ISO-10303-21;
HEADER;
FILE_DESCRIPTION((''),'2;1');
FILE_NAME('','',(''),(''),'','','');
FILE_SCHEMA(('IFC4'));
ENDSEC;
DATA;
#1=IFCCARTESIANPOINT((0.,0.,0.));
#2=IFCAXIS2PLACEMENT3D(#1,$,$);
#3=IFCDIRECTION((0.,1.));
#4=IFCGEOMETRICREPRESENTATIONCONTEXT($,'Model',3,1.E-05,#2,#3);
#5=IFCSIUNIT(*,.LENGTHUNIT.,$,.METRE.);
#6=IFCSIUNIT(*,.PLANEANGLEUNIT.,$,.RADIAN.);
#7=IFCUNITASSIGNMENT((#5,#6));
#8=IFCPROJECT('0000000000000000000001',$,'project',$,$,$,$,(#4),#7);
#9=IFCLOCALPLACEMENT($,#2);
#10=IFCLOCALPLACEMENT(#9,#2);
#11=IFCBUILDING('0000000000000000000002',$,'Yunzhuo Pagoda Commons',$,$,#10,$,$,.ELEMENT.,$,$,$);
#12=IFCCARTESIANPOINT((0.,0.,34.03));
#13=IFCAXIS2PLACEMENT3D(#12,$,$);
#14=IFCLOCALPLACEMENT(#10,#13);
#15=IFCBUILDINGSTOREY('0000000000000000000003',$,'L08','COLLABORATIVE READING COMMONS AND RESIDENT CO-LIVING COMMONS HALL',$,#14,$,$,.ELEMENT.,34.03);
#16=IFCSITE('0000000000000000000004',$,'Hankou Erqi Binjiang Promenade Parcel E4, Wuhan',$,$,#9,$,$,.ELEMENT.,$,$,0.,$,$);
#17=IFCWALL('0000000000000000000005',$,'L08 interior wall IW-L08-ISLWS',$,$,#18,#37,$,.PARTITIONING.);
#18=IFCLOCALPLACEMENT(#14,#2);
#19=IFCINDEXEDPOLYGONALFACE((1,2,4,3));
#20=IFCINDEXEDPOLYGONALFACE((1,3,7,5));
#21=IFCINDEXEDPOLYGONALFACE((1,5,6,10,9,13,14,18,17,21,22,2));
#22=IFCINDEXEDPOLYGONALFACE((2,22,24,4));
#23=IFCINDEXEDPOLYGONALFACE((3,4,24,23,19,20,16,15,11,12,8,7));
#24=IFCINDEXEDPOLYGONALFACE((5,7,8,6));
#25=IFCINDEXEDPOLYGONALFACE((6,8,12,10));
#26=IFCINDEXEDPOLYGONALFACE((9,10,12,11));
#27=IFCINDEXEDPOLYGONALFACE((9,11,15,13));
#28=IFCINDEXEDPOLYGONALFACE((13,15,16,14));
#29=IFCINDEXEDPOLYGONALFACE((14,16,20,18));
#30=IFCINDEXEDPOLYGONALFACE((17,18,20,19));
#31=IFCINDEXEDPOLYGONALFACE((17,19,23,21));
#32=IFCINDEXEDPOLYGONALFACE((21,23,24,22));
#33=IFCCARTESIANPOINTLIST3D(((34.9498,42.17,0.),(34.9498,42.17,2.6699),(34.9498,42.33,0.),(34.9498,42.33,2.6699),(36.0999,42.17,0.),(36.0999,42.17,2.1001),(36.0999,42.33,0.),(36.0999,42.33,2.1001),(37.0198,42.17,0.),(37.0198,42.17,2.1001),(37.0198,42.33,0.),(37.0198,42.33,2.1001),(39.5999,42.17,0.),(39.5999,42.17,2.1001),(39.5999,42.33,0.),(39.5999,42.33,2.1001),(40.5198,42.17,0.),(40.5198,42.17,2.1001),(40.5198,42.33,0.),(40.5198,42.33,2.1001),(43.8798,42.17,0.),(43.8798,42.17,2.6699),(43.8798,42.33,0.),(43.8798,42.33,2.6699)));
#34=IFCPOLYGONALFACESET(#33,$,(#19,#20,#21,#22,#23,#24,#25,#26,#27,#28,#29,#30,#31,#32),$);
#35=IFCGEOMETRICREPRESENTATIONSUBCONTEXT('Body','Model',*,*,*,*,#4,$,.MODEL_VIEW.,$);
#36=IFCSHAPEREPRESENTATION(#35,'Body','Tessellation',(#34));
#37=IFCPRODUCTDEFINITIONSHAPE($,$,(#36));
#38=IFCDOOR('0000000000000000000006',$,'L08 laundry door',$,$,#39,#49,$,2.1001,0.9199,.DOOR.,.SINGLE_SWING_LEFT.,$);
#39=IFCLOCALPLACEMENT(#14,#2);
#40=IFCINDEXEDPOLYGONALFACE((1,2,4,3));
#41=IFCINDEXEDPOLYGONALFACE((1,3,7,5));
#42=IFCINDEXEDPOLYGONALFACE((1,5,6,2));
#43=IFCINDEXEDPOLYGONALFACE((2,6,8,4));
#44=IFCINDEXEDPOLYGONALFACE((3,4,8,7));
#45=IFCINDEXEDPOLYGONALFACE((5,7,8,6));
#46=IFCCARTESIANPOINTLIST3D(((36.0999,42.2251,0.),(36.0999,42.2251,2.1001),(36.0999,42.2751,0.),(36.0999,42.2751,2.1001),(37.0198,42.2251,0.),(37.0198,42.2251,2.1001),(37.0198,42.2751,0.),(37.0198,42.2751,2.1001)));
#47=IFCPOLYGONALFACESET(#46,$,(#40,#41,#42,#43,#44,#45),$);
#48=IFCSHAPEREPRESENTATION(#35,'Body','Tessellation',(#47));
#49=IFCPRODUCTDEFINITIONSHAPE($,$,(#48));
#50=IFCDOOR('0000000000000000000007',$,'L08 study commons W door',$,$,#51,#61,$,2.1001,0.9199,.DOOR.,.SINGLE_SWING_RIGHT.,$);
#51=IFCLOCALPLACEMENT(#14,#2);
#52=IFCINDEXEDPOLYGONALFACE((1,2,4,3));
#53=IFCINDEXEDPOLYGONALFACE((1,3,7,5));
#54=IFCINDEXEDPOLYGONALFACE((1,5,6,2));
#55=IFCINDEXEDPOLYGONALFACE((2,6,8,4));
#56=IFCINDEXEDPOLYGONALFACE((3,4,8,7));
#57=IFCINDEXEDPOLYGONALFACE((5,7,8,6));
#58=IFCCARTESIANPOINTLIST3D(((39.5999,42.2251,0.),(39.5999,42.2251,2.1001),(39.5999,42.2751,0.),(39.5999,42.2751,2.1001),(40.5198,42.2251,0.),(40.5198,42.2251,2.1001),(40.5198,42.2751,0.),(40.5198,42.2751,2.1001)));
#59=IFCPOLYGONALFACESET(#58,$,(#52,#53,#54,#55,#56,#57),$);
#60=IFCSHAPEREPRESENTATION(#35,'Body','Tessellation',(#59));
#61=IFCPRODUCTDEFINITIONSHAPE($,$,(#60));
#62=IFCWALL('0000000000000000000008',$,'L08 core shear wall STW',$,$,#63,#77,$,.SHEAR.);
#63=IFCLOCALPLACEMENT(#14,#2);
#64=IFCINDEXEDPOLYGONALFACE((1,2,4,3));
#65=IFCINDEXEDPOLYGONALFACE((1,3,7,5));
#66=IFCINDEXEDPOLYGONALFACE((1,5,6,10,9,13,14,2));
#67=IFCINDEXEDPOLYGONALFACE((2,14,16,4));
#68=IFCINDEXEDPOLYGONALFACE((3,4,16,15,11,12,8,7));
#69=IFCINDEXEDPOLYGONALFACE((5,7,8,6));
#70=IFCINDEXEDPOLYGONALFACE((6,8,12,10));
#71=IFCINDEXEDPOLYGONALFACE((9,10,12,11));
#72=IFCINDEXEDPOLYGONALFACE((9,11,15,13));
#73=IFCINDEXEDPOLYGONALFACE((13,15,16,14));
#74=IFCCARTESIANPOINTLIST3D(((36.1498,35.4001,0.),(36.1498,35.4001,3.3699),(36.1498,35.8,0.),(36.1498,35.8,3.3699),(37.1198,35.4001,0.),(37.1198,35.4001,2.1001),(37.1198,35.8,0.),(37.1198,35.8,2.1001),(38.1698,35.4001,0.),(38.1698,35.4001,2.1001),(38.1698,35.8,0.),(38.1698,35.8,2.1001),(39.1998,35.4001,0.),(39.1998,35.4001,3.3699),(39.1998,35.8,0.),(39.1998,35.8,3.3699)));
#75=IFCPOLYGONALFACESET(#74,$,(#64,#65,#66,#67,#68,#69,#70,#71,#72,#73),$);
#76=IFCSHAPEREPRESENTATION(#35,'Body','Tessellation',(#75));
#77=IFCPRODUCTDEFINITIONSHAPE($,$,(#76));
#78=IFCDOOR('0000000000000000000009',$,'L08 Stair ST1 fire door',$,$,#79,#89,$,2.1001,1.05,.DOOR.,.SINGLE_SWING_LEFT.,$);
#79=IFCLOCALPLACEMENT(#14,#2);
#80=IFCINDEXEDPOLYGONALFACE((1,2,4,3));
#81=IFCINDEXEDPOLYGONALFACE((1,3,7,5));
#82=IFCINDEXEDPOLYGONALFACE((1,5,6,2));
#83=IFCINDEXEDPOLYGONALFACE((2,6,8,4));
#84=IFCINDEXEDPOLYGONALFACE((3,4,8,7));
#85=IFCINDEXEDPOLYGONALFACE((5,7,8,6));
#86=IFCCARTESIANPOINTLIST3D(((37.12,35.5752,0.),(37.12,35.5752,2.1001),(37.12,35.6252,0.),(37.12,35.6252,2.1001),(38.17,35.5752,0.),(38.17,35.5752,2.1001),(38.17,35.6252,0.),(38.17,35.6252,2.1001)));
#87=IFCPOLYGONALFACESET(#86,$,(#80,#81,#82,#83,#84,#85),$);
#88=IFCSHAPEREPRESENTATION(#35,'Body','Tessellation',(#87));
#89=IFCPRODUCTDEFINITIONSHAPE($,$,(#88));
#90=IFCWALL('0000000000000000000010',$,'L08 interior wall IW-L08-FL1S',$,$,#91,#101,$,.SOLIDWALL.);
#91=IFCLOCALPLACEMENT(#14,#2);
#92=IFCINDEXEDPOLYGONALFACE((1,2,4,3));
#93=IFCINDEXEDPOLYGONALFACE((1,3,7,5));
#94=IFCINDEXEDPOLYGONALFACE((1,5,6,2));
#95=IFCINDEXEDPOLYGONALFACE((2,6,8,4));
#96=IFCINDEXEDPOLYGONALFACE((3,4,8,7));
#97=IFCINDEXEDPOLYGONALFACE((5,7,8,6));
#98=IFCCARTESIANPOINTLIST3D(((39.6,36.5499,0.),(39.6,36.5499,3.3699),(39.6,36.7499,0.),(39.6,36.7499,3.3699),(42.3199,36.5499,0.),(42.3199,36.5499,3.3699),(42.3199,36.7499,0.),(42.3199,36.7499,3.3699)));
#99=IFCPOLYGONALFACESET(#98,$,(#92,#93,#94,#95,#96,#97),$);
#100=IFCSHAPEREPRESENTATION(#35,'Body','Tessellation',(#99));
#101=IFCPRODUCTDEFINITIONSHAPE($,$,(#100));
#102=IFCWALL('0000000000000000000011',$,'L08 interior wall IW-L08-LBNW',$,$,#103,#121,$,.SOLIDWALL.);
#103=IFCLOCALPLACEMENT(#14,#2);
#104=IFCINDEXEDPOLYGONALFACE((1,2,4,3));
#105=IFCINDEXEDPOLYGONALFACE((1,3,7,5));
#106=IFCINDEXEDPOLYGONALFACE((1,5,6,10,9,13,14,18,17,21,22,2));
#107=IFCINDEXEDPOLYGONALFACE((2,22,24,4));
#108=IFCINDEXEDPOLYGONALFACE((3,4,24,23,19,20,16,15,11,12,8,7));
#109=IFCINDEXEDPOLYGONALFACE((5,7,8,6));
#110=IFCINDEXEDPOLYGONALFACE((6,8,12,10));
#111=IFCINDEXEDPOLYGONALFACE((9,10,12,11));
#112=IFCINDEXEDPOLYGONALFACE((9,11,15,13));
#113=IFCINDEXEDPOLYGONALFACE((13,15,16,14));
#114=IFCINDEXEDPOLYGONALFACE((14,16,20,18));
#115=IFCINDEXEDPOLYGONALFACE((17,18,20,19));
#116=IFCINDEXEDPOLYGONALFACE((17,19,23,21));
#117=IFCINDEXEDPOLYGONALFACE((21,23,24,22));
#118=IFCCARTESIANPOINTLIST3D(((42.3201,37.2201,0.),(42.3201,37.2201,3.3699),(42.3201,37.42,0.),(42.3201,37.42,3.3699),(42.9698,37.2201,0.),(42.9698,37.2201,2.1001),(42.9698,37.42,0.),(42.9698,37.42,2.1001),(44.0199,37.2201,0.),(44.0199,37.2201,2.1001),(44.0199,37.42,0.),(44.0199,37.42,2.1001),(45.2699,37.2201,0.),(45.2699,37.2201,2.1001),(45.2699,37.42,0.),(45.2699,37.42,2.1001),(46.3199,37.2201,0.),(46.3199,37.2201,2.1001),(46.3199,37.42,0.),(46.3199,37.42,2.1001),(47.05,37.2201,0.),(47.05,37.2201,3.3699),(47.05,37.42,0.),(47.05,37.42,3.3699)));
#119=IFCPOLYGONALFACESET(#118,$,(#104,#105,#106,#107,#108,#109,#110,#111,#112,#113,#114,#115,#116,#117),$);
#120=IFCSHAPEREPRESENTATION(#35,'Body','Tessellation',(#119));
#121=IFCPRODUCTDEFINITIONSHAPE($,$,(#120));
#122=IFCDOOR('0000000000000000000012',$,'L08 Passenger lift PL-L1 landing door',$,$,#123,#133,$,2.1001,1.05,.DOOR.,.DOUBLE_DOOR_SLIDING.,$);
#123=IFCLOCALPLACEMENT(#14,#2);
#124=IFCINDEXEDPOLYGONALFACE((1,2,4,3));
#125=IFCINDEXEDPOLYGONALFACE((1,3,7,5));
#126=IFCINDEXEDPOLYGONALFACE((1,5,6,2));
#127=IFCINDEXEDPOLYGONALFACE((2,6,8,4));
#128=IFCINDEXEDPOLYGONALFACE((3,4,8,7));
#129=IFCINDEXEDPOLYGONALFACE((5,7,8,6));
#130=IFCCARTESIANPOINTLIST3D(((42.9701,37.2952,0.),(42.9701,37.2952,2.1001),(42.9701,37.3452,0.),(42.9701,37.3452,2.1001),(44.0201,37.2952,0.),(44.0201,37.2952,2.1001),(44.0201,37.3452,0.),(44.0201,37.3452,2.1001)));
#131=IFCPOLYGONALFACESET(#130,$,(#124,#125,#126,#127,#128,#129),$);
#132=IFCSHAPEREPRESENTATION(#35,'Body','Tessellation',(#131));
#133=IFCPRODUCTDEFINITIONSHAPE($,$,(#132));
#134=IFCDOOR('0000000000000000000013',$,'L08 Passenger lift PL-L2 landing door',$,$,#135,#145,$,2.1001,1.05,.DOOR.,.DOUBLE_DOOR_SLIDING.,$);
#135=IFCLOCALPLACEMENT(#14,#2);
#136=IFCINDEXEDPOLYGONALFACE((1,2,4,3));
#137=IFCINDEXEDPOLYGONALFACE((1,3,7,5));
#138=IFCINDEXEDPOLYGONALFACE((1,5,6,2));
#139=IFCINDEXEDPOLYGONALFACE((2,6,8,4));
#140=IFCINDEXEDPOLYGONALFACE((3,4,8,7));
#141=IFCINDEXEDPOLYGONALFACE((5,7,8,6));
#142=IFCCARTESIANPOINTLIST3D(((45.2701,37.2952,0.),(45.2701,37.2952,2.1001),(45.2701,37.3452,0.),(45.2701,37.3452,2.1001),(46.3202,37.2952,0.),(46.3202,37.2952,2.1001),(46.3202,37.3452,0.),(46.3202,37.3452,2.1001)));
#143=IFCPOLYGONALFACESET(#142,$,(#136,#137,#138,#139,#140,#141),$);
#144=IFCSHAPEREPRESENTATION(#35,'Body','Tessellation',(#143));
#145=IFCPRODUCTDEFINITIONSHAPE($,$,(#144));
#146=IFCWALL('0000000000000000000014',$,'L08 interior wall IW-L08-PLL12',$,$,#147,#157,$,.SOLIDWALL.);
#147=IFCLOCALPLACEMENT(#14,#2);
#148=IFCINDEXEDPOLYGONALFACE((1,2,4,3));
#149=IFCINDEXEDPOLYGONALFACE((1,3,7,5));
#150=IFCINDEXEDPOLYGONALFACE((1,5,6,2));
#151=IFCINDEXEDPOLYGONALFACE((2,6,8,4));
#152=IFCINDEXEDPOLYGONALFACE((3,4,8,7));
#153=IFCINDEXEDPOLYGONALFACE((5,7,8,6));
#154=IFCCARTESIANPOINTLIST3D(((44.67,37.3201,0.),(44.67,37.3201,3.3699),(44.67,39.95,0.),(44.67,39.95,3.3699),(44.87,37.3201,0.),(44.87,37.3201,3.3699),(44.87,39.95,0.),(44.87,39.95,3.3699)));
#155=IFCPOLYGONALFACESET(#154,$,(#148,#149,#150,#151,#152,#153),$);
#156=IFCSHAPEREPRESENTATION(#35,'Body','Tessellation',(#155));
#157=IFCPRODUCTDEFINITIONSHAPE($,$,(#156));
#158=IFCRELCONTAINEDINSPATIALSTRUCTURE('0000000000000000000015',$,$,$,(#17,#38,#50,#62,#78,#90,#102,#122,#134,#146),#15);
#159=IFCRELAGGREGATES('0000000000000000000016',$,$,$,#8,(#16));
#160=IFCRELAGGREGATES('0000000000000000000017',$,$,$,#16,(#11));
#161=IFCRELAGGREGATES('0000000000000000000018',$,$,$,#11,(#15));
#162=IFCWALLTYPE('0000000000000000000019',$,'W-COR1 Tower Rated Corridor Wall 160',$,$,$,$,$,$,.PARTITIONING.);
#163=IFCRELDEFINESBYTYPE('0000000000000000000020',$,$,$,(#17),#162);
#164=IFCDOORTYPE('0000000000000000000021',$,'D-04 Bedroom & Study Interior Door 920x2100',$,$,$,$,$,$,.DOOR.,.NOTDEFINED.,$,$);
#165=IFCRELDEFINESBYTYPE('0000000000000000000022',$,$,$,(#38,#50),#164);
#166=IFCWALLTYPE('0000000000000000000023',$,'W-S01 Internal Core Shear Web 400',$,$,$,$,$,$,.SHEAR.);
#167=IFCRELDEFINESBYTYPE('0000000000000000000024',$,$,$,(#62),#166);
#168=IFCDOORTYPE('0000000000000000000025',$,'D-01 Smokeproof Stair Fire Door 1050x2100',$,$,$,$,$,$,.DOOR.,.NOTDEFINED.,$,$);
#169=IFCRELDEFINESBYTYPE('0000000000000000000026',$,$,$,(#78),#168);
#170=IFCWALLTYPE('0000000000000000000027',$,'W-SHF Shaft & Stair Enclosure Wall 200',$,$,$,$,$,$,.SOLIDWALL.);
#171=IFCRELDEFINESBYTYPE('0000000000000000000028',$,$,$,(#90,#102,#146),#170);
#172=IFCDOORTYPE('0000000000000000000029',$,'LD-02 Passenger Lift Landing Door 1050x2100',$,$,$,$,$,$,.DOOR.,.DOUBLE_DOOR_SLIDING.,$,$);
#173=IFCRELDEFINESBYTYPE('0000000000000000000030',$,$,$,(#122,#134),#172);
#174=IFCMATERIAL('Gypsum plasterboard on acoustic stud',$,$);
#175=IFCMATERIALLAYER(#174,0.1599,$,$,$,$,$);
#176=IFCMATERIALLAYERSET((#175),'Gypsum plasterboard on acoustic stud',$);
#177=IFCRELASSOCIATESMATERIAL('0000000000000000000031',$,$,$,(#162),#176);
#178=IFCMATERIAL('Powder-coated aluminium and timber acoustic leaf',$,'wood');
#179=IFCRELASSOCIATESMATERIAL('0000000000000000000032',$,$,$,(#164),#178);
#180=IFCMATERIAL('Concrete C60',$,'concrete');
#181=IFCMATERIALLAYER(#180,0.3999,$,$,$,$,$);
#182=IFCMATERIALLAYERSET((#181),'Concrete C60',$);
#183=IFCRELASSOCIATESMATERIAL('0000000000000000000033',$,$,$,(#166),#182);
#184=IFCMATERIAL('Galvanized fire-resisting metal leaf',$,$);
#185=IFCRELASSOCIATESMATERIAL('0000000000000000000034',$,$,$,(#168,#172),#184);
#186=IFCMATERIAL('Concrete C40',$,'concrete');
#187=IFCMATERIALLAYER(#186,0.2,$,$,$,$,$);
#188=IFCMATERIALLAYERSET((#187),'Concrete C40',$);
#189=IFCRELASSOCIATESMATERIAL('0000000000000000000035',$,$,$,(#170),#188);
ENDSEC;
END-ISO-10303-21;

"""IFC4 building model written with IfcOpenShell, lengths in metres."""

from ifc_helpers import new_model, si_unit, direction, frame, frame_2d, origin, place, context, subcontext, project, spatial, rectangle, extrude, source, transform, mapped, material, layer, layer_set, type_object, element, fill, save


model = new_model("IFC4")

# Units and contexts
model_context = context("Model", 3, precision=1e-05, world=origin(), true_north=direction((0.0, 1.0)))
body_context = subcontext(model_context, "Body", "Model", "MODEL_VIEW")
ifc_project = project(units=[si_unit("LENGTHUNIT", "METRE"), si_unit("PLANEANGLEUNIT", "RADIAN")], contexts=[model_context])

# Site, building, storey
site_placement = place(None, origin())
site = spatial("IfcSite", under=ifc_project, at=site_placement, Name="Hankou Erqi Binjiang Promenade Parcel E4, Wuhan", CompositionType="ELEMENT", RefElevation=0.0)
building_placement = place(site_placement, origin())
building = spatial("IfcBuilding", under=site, at=building_placement, Name="Yunzhuo Pagoda Commons", CompositionType="ELEMENT")
storey_placement = place(building_placement, frame((0.0, 0.0, 34.03)))
storey = spatial("IfcBuildingStorey", under=building, at=storey_placement, Name="L08", Description="COLLABORATIVE READING COMMONS AND RESIDENT CO-LIVING COMMONS HALL", CompositionType="ELEMENT", Elevation=34.03)

# Shared definitions
ifc_material_1 = material(Name="Concrete C60", Category="concrete")
ifc_material_2 = material(Name="Galvanized fire-resisting metal leaf")
shared_shape_1 = source(origin(), body_context, "Body", "SweptSolid", [
    extrude(rectangle(XDim=1.05, YDim=2.1001, at=frame_2d((0.5249, 1.05))), frame((0.0, 0.0249, 0.0), z_axis=(0.0, -1.0, 0.0), x_axis=(1.0, 0.0, 0.0)), (0.0, 0.0, 1.0), 0.05),
])

# Wall, openings, doors
ifc_material_3 = material(Name="Gypsum plasterboard on acoustic stud")
ifc_layer_1 = layer(ifc_material_3, 0.1599)
ifc_layer_set_1 = layer_set([ifc_layer_1], Name="Gypsum plasterboard on acoustic stud")
wall_type_1 = type_object("IfcWallType", Name="W-COR1 Tower Rated Corridor Wall 160", PredefinedType="PARTITIONING", material=ifc_layer_set_1)
wall_1_placement = place(storey_placement, frame((34.95, 42.25, 0.0), z_axis=(0.0, 0.0, 1.0), x_axis=(1.0, 0.0, 0.0)))
wall_1 = element("IfcWall", 1, at=wall_1_placement, inside=storey, type_object=wall_type_1, Name="L08 interior wall IW-L08-ISLWS", PredefinedType="PARTITIONING", context=body_context, shape_type="SweptSolid", body=[
    extrude(rectangle(XDim=8.9299, YDim=0.1599, at=frame_2d((4.4648, 0.0))), origin(), (0.0, 0.0, 1.0), 2.6699),
])
opening_1_placement = place(wall_1_placement, frame((1.1499, 0.0, 0.0)))
opening_1 = element("IfcOpeningElement", 2, at=opening_1_placement, cuts=wall_1, PredefinedType="OPENING", context=body_context, shape_type="SweptSolid", body=[
    extrude(rectangle(XDim=0.9199, YDim=2.1001, at=frame_2d((0.46, 1.05))), frame((0.0, 0.0898, 0.0), z_axis=(0.0, -1.0, 0.0), x_axis=(1.0, 0.0, 0.0)), (0.0, 0.0, 1.0), 0.1799),
])
opening_2_placement = place(wall_1_placement, frame((4.6499, 0.0, 0.0)))
opening_2 = element("IfcOpeningElement", 3, at=opening_2_placement, cuts=wall_1, PredefinedType="OPENING", context=body_context, shape_type="SweptSolid", body=[
    extrude(rectangle(XDim=0.9199, YDim=2.1001, at=frame_2d((0.46, 1.05))), frame((0.0, 0.0898, 0.0), z_axis=(0.0, -1.0, 0.0), x_axis=(1.0, 0.0, 0.0)), (0.0, 0.0, 1.0), 0.1799),
])
ifc_material_4 = material(Name="Powder-coated aluminium and timber acoustic leaf", Category="wood")
door_type_1 = type_object("IfcDoorType", Name="D-04 Bedroom & Study Interior Door 920x2100", OperationType="NOTDEFINED", PredefinedType="DOOR", material=ifc_material_4)
shared_shape_2 = source(origin(), body_context, "Body", "SweptSolid", [
    extrude(rectangle(XDim=0.9199, YDim=2.1001, at=frame_2d((0.46, 1.05))), frame((0.0, 0.0249, 0.0), z_axis=(0.0, -1.0, 0.0), x_axis=(1.0, 0.0, 0.0)), (0.0, 0.0, 1.0), 0.05),
])
door_1_placement = place(opening_1_placement, frame((0.9199, 0.0, 0.0), z_axis=(0.0, 0.0, 1.0), x_axis=(-1.0, 0.0, 0.0)))
door_1 = element("IfcDoor", 4, at=door_1_placement, inside=storey, type_object=door_type_1, Name="L08 laundry door", OperationType="SINGLE_SWING_LEFT", OverallHeight=2.1001, OverallWidth=0.9199, PredefinedType="DOOR", context=body_context, shape_type="MappedRepresentation", body=[
    mapped(shared_shape_2, transform((0.0, 0.0, 0.0), scale=1.0)),
])
fill(opening_1, door_1)
door_2_placement = place(opening_2_placement, frame((0.9199, 0.0, 0.0), z_axis=(0.0, 0.0, 1.0), x_axis=(-1.0, 0.0, 0.0)))
door_2 = element("IfcDoor", 5, at=door_2_placement, inside=storey, type_object=door_type_1, Name="L08 study commons W door", OperationType="SINGLE_SWING_RIGHT", OverallHeight=2.1001, OverallWidth=0.9199, PredefinedType="DOOR", context=body_context, shape_type="MappedRepresentation", body=[
    mapped(shared_shape_2, transform((0.0, 0.0, 0.0), scale=1.0)),
])
fill(opening_2, door_2)

# Wall, opening, door
ifc_layer_2 = layer(ifc_material_1, 0.3999)
ifc_layer_set_2 = layer_set([ifc_layer_2], Name="Concrete C60")
wall_type_2 = type_object("IfcWallType", Name="W-S01 Internal Core Shear Web 400", PredefinedType="SHEAR", material=ifc_layer_set_2)
wall_2_placement = place(storey_placement, frame((36.1499, 35.6001, 0.0), z_axis=(0.0, 0.0, 1.0), x_axis=(1.0, 0.0, 0.0)))
wall_2 = element("IfcWall", 6, at=wall_2_placement, inside=storey, type_object=wall_type_2, Name="L08 core shear wall STW", PredefinedType="SHEAR", context=body_context, shape_type="SweptSolid", body=[
    extrude(rectangle(XDim=3.05, YDim=0.3999, at=frame_2d((1.5249, 0.0))), origin(), (0.0, 0.0, 1.0), 3.3699),
])
opening_3_placement = place(wall_2_placement, frame((0.97, 0.0, 0.0)))
opening_3 = element("IfcOpeningElement", 7, at=opening_3_placement, cuts=wall_2, PredefinedType="OPENING", context=body_context, shape_type="SweptSolid", body=[
    extrude(rectangle(XDim=1.05, YDim=2.1001, at=frame_2d((0.5249, 1.05))), frame((0.0, 0.21, 0.0), z_axis=(0.0, -1.0, 0.0), x_axis=(1.0, 0.0, 0.0)), (0.0, 0.0, 1.0), 0.4199),
])
door_type_2 = type_object("IfcDoorType", Name="D-01 Smokeproof Stair Fire Door 1050x2100", OperationType="NOTDEFINED", PredefinedType="DOOR", material=ifc_material_2)
door_3_placement = place(opening_3_placement, frame((1.05, 0.0, 0.0), z_axis=(0.0, 0.0, 1.0), x_axis=(-1.0, 0.0, 0.0)))
door_3 = element("IfcDoor", 8, at=door_3_placement, inside=storey, type_object=door_type_2, Name="L08 Stair ST1 fire door", OperationType="SINGLE_SWING_LEFT", OverallHeight=2.1001, OverallWidth=1.05, PredefinedType="DOOR", context=body_context, shape_type="MappedRepresentation", body=[
    mapped(shared_shape_1, transform((0.0, 0.0, 0.0), scale=1.0)),
])
fill(opening_3, door_3)

# Wall
ifc_material_5 = material(Name="Concrete C40", Category="concrete")
ifc_layer_3 = layer(ifc_material_5, 0.2)
ifc_layer_set_3 = layer_set([ifc_layer_3], Name="Concrete C40")
wall_type_3 = type_object("IfcWallType", Name="W-SHF Shaft & Stair Enclosure Wall 200", PredefinedType="SOLIDWALL", material=ifc_layer_set_3)
wall_3_placement = place(storey_placement, frame((39.6001, 36.6499, 0.0), z_axis=(0.0, 0.0, 1.0), x_axis=(1.0, 0.0, 0.0)))
element("IfcWall", 9, at=wall_3_placement, inside=storey, type_object=wall_type_3, Name="L08 interior wall IW-L08-FL1S", PredefinedType="SOLIDWALL", context=body_context, shape_type="SweptSolid", body=[
    extrude(rectangle(XDim=2.72, YDim=0.2, at=frame_2d((1.3599, 0.0))), origin(), (0.0, 0.0, 1.0), 3.3699),
])

# Wall, openings, doors
wall_4_placement = place(storey_placement, frame((42.3201, 37.3201, 0.0), z_axis=(0.0, 0.0, 1.0), x_axis=(1.0, 0.0, 0.0)))
wall_4 = element("IfcWall", 10, at=wall_4_placement, inside=storey, type_object=wall_type_3, Name="L08 interior wall IW-L08-LBNW", PredefinedType="SOLIDWALL", context=body_context, shape_type="SweptSolid", body=[
    extrude(rectangle(XDim=4.73, YDim=0.2, at=frame_2d((2.365, 0.0))), origin(), (0.0, 0.0, 1.0), 3.3699),
])
opening_4_placement = place(wall_4_placement, frame((0.6499, 0.0, 0.0)))
opening_4 = element("IfcOpeningElement", 11, at=opening_4_placement, cuts=wall_4, PredefinedType="OPENING", context=body_context, shape_type="SweptSolid", body=[
    extrude(rectangle(XDim=1.05, YDim=2.1001, at=frame_2d((0.5249, 1.05))), frame((0.0, 0.1099, 0.0), z_axis=(0.0, -1.0, 0.0), x_axis=(1.0, 0.0, 0.0)), (0.0, 0.0, 1.0), 0.22),
])
opening_5_placement = place(wall_4_placement, frame((2.95, 0.0, 0.0)))
opening_5 = element("IfcOpeningElement", 12, at=opening_5_placement, cuts=wall_4, PredefinedType="OPENING", context=body_context, shape_type="SweptSolid", body=[
    extrude(rectangle(XDim=1.05, YDim=2.1001, at=frame_2d((0.5249, 1.05))), frame((0.0, 0.1099, 0.0), z_axis=(0.0, -1.0, 0.0), x_axis=(1.0, 0.0, 0.0)), (0.0, 0.0, 1.0), 0.22),
])
door_type_3 = type_object("IfcDoorType", Name="LD-02 Passenger Lift Landing Door 1050x2100", OperationType="DOUBLE_DOOR_SLIDING", PredefinedType="DOOR", material=ifc_material_2)
door_4_placement = place(opening_4_placement, frame((1.05, 0.0, 0.0), z_axis=(0.0, 0.0, 1.0), x_axis=(-1.0, 0.0, 0.0)))
door_4 = element("IfcDoor", 13, at=door_4_placement, inside=storey, type_object=door_type_3, Name="L08 Passenger lift PL-L1 landing door", OperationType="DOUBLE_DOOR_SLIDING", OverallHeight=2.1001, OverallWidth=1.05, PredefinedType="DOOR", context=body_context, shape_type="MappedRepresentation", body=[
    mapped(shared_shape_1, transform((0.0, 0.0, 0.0), scale=1.0)),
])
fill(opening_4, door_4)
door_5_placement = place(opening_5_placement, frame((1.05, 0.0, 0.0), z_axis=(0.0, 0.0, 1.0), x_axis=(-1.0, 0.0, 0.0)))
door_5 = element("IfcDoor", 14, at=door_5_placement, inside=storey, type_object=door_type_3, Name="L08 Passenger lift PL-L2 landing door", OperationType="DOUBLE_DOOR_SLIDING", OverallHeight=2.1001, OverallWidth=1.05, PredefinedType="DOOR", context=body_context, shape_type="MappedRepresentation", body=[
    mapped(shared_shape_1, transform((0.0, 0.0, 0.0), scale=1.0)),
])
fill(opening_5, door_5)

# Wall
wall_5_placement = place(storey_placement, frame((44.77, 37.3201, 0.0), z_axis=(0.0, 0.0, 1.0), x_axis=(0.0, 1.0, 0.0)))
element("IfcWall", 15, at=wall_5_placement, inside=storey, type_object=wall_type_3, Name="L08 interior wall IW-L08-PLL12", PredefinedType="SOLIDWALL", context=body_context, shape_type="SweptSolid", body=[
    extrude(rectangle(XDim=2.6299, YDim=0.2, at=frame_2d((1.3149, 0.0))), origin(), (0.0, 0.0, 1.0), 3.3699),
])

save(model, "model.ifc")
